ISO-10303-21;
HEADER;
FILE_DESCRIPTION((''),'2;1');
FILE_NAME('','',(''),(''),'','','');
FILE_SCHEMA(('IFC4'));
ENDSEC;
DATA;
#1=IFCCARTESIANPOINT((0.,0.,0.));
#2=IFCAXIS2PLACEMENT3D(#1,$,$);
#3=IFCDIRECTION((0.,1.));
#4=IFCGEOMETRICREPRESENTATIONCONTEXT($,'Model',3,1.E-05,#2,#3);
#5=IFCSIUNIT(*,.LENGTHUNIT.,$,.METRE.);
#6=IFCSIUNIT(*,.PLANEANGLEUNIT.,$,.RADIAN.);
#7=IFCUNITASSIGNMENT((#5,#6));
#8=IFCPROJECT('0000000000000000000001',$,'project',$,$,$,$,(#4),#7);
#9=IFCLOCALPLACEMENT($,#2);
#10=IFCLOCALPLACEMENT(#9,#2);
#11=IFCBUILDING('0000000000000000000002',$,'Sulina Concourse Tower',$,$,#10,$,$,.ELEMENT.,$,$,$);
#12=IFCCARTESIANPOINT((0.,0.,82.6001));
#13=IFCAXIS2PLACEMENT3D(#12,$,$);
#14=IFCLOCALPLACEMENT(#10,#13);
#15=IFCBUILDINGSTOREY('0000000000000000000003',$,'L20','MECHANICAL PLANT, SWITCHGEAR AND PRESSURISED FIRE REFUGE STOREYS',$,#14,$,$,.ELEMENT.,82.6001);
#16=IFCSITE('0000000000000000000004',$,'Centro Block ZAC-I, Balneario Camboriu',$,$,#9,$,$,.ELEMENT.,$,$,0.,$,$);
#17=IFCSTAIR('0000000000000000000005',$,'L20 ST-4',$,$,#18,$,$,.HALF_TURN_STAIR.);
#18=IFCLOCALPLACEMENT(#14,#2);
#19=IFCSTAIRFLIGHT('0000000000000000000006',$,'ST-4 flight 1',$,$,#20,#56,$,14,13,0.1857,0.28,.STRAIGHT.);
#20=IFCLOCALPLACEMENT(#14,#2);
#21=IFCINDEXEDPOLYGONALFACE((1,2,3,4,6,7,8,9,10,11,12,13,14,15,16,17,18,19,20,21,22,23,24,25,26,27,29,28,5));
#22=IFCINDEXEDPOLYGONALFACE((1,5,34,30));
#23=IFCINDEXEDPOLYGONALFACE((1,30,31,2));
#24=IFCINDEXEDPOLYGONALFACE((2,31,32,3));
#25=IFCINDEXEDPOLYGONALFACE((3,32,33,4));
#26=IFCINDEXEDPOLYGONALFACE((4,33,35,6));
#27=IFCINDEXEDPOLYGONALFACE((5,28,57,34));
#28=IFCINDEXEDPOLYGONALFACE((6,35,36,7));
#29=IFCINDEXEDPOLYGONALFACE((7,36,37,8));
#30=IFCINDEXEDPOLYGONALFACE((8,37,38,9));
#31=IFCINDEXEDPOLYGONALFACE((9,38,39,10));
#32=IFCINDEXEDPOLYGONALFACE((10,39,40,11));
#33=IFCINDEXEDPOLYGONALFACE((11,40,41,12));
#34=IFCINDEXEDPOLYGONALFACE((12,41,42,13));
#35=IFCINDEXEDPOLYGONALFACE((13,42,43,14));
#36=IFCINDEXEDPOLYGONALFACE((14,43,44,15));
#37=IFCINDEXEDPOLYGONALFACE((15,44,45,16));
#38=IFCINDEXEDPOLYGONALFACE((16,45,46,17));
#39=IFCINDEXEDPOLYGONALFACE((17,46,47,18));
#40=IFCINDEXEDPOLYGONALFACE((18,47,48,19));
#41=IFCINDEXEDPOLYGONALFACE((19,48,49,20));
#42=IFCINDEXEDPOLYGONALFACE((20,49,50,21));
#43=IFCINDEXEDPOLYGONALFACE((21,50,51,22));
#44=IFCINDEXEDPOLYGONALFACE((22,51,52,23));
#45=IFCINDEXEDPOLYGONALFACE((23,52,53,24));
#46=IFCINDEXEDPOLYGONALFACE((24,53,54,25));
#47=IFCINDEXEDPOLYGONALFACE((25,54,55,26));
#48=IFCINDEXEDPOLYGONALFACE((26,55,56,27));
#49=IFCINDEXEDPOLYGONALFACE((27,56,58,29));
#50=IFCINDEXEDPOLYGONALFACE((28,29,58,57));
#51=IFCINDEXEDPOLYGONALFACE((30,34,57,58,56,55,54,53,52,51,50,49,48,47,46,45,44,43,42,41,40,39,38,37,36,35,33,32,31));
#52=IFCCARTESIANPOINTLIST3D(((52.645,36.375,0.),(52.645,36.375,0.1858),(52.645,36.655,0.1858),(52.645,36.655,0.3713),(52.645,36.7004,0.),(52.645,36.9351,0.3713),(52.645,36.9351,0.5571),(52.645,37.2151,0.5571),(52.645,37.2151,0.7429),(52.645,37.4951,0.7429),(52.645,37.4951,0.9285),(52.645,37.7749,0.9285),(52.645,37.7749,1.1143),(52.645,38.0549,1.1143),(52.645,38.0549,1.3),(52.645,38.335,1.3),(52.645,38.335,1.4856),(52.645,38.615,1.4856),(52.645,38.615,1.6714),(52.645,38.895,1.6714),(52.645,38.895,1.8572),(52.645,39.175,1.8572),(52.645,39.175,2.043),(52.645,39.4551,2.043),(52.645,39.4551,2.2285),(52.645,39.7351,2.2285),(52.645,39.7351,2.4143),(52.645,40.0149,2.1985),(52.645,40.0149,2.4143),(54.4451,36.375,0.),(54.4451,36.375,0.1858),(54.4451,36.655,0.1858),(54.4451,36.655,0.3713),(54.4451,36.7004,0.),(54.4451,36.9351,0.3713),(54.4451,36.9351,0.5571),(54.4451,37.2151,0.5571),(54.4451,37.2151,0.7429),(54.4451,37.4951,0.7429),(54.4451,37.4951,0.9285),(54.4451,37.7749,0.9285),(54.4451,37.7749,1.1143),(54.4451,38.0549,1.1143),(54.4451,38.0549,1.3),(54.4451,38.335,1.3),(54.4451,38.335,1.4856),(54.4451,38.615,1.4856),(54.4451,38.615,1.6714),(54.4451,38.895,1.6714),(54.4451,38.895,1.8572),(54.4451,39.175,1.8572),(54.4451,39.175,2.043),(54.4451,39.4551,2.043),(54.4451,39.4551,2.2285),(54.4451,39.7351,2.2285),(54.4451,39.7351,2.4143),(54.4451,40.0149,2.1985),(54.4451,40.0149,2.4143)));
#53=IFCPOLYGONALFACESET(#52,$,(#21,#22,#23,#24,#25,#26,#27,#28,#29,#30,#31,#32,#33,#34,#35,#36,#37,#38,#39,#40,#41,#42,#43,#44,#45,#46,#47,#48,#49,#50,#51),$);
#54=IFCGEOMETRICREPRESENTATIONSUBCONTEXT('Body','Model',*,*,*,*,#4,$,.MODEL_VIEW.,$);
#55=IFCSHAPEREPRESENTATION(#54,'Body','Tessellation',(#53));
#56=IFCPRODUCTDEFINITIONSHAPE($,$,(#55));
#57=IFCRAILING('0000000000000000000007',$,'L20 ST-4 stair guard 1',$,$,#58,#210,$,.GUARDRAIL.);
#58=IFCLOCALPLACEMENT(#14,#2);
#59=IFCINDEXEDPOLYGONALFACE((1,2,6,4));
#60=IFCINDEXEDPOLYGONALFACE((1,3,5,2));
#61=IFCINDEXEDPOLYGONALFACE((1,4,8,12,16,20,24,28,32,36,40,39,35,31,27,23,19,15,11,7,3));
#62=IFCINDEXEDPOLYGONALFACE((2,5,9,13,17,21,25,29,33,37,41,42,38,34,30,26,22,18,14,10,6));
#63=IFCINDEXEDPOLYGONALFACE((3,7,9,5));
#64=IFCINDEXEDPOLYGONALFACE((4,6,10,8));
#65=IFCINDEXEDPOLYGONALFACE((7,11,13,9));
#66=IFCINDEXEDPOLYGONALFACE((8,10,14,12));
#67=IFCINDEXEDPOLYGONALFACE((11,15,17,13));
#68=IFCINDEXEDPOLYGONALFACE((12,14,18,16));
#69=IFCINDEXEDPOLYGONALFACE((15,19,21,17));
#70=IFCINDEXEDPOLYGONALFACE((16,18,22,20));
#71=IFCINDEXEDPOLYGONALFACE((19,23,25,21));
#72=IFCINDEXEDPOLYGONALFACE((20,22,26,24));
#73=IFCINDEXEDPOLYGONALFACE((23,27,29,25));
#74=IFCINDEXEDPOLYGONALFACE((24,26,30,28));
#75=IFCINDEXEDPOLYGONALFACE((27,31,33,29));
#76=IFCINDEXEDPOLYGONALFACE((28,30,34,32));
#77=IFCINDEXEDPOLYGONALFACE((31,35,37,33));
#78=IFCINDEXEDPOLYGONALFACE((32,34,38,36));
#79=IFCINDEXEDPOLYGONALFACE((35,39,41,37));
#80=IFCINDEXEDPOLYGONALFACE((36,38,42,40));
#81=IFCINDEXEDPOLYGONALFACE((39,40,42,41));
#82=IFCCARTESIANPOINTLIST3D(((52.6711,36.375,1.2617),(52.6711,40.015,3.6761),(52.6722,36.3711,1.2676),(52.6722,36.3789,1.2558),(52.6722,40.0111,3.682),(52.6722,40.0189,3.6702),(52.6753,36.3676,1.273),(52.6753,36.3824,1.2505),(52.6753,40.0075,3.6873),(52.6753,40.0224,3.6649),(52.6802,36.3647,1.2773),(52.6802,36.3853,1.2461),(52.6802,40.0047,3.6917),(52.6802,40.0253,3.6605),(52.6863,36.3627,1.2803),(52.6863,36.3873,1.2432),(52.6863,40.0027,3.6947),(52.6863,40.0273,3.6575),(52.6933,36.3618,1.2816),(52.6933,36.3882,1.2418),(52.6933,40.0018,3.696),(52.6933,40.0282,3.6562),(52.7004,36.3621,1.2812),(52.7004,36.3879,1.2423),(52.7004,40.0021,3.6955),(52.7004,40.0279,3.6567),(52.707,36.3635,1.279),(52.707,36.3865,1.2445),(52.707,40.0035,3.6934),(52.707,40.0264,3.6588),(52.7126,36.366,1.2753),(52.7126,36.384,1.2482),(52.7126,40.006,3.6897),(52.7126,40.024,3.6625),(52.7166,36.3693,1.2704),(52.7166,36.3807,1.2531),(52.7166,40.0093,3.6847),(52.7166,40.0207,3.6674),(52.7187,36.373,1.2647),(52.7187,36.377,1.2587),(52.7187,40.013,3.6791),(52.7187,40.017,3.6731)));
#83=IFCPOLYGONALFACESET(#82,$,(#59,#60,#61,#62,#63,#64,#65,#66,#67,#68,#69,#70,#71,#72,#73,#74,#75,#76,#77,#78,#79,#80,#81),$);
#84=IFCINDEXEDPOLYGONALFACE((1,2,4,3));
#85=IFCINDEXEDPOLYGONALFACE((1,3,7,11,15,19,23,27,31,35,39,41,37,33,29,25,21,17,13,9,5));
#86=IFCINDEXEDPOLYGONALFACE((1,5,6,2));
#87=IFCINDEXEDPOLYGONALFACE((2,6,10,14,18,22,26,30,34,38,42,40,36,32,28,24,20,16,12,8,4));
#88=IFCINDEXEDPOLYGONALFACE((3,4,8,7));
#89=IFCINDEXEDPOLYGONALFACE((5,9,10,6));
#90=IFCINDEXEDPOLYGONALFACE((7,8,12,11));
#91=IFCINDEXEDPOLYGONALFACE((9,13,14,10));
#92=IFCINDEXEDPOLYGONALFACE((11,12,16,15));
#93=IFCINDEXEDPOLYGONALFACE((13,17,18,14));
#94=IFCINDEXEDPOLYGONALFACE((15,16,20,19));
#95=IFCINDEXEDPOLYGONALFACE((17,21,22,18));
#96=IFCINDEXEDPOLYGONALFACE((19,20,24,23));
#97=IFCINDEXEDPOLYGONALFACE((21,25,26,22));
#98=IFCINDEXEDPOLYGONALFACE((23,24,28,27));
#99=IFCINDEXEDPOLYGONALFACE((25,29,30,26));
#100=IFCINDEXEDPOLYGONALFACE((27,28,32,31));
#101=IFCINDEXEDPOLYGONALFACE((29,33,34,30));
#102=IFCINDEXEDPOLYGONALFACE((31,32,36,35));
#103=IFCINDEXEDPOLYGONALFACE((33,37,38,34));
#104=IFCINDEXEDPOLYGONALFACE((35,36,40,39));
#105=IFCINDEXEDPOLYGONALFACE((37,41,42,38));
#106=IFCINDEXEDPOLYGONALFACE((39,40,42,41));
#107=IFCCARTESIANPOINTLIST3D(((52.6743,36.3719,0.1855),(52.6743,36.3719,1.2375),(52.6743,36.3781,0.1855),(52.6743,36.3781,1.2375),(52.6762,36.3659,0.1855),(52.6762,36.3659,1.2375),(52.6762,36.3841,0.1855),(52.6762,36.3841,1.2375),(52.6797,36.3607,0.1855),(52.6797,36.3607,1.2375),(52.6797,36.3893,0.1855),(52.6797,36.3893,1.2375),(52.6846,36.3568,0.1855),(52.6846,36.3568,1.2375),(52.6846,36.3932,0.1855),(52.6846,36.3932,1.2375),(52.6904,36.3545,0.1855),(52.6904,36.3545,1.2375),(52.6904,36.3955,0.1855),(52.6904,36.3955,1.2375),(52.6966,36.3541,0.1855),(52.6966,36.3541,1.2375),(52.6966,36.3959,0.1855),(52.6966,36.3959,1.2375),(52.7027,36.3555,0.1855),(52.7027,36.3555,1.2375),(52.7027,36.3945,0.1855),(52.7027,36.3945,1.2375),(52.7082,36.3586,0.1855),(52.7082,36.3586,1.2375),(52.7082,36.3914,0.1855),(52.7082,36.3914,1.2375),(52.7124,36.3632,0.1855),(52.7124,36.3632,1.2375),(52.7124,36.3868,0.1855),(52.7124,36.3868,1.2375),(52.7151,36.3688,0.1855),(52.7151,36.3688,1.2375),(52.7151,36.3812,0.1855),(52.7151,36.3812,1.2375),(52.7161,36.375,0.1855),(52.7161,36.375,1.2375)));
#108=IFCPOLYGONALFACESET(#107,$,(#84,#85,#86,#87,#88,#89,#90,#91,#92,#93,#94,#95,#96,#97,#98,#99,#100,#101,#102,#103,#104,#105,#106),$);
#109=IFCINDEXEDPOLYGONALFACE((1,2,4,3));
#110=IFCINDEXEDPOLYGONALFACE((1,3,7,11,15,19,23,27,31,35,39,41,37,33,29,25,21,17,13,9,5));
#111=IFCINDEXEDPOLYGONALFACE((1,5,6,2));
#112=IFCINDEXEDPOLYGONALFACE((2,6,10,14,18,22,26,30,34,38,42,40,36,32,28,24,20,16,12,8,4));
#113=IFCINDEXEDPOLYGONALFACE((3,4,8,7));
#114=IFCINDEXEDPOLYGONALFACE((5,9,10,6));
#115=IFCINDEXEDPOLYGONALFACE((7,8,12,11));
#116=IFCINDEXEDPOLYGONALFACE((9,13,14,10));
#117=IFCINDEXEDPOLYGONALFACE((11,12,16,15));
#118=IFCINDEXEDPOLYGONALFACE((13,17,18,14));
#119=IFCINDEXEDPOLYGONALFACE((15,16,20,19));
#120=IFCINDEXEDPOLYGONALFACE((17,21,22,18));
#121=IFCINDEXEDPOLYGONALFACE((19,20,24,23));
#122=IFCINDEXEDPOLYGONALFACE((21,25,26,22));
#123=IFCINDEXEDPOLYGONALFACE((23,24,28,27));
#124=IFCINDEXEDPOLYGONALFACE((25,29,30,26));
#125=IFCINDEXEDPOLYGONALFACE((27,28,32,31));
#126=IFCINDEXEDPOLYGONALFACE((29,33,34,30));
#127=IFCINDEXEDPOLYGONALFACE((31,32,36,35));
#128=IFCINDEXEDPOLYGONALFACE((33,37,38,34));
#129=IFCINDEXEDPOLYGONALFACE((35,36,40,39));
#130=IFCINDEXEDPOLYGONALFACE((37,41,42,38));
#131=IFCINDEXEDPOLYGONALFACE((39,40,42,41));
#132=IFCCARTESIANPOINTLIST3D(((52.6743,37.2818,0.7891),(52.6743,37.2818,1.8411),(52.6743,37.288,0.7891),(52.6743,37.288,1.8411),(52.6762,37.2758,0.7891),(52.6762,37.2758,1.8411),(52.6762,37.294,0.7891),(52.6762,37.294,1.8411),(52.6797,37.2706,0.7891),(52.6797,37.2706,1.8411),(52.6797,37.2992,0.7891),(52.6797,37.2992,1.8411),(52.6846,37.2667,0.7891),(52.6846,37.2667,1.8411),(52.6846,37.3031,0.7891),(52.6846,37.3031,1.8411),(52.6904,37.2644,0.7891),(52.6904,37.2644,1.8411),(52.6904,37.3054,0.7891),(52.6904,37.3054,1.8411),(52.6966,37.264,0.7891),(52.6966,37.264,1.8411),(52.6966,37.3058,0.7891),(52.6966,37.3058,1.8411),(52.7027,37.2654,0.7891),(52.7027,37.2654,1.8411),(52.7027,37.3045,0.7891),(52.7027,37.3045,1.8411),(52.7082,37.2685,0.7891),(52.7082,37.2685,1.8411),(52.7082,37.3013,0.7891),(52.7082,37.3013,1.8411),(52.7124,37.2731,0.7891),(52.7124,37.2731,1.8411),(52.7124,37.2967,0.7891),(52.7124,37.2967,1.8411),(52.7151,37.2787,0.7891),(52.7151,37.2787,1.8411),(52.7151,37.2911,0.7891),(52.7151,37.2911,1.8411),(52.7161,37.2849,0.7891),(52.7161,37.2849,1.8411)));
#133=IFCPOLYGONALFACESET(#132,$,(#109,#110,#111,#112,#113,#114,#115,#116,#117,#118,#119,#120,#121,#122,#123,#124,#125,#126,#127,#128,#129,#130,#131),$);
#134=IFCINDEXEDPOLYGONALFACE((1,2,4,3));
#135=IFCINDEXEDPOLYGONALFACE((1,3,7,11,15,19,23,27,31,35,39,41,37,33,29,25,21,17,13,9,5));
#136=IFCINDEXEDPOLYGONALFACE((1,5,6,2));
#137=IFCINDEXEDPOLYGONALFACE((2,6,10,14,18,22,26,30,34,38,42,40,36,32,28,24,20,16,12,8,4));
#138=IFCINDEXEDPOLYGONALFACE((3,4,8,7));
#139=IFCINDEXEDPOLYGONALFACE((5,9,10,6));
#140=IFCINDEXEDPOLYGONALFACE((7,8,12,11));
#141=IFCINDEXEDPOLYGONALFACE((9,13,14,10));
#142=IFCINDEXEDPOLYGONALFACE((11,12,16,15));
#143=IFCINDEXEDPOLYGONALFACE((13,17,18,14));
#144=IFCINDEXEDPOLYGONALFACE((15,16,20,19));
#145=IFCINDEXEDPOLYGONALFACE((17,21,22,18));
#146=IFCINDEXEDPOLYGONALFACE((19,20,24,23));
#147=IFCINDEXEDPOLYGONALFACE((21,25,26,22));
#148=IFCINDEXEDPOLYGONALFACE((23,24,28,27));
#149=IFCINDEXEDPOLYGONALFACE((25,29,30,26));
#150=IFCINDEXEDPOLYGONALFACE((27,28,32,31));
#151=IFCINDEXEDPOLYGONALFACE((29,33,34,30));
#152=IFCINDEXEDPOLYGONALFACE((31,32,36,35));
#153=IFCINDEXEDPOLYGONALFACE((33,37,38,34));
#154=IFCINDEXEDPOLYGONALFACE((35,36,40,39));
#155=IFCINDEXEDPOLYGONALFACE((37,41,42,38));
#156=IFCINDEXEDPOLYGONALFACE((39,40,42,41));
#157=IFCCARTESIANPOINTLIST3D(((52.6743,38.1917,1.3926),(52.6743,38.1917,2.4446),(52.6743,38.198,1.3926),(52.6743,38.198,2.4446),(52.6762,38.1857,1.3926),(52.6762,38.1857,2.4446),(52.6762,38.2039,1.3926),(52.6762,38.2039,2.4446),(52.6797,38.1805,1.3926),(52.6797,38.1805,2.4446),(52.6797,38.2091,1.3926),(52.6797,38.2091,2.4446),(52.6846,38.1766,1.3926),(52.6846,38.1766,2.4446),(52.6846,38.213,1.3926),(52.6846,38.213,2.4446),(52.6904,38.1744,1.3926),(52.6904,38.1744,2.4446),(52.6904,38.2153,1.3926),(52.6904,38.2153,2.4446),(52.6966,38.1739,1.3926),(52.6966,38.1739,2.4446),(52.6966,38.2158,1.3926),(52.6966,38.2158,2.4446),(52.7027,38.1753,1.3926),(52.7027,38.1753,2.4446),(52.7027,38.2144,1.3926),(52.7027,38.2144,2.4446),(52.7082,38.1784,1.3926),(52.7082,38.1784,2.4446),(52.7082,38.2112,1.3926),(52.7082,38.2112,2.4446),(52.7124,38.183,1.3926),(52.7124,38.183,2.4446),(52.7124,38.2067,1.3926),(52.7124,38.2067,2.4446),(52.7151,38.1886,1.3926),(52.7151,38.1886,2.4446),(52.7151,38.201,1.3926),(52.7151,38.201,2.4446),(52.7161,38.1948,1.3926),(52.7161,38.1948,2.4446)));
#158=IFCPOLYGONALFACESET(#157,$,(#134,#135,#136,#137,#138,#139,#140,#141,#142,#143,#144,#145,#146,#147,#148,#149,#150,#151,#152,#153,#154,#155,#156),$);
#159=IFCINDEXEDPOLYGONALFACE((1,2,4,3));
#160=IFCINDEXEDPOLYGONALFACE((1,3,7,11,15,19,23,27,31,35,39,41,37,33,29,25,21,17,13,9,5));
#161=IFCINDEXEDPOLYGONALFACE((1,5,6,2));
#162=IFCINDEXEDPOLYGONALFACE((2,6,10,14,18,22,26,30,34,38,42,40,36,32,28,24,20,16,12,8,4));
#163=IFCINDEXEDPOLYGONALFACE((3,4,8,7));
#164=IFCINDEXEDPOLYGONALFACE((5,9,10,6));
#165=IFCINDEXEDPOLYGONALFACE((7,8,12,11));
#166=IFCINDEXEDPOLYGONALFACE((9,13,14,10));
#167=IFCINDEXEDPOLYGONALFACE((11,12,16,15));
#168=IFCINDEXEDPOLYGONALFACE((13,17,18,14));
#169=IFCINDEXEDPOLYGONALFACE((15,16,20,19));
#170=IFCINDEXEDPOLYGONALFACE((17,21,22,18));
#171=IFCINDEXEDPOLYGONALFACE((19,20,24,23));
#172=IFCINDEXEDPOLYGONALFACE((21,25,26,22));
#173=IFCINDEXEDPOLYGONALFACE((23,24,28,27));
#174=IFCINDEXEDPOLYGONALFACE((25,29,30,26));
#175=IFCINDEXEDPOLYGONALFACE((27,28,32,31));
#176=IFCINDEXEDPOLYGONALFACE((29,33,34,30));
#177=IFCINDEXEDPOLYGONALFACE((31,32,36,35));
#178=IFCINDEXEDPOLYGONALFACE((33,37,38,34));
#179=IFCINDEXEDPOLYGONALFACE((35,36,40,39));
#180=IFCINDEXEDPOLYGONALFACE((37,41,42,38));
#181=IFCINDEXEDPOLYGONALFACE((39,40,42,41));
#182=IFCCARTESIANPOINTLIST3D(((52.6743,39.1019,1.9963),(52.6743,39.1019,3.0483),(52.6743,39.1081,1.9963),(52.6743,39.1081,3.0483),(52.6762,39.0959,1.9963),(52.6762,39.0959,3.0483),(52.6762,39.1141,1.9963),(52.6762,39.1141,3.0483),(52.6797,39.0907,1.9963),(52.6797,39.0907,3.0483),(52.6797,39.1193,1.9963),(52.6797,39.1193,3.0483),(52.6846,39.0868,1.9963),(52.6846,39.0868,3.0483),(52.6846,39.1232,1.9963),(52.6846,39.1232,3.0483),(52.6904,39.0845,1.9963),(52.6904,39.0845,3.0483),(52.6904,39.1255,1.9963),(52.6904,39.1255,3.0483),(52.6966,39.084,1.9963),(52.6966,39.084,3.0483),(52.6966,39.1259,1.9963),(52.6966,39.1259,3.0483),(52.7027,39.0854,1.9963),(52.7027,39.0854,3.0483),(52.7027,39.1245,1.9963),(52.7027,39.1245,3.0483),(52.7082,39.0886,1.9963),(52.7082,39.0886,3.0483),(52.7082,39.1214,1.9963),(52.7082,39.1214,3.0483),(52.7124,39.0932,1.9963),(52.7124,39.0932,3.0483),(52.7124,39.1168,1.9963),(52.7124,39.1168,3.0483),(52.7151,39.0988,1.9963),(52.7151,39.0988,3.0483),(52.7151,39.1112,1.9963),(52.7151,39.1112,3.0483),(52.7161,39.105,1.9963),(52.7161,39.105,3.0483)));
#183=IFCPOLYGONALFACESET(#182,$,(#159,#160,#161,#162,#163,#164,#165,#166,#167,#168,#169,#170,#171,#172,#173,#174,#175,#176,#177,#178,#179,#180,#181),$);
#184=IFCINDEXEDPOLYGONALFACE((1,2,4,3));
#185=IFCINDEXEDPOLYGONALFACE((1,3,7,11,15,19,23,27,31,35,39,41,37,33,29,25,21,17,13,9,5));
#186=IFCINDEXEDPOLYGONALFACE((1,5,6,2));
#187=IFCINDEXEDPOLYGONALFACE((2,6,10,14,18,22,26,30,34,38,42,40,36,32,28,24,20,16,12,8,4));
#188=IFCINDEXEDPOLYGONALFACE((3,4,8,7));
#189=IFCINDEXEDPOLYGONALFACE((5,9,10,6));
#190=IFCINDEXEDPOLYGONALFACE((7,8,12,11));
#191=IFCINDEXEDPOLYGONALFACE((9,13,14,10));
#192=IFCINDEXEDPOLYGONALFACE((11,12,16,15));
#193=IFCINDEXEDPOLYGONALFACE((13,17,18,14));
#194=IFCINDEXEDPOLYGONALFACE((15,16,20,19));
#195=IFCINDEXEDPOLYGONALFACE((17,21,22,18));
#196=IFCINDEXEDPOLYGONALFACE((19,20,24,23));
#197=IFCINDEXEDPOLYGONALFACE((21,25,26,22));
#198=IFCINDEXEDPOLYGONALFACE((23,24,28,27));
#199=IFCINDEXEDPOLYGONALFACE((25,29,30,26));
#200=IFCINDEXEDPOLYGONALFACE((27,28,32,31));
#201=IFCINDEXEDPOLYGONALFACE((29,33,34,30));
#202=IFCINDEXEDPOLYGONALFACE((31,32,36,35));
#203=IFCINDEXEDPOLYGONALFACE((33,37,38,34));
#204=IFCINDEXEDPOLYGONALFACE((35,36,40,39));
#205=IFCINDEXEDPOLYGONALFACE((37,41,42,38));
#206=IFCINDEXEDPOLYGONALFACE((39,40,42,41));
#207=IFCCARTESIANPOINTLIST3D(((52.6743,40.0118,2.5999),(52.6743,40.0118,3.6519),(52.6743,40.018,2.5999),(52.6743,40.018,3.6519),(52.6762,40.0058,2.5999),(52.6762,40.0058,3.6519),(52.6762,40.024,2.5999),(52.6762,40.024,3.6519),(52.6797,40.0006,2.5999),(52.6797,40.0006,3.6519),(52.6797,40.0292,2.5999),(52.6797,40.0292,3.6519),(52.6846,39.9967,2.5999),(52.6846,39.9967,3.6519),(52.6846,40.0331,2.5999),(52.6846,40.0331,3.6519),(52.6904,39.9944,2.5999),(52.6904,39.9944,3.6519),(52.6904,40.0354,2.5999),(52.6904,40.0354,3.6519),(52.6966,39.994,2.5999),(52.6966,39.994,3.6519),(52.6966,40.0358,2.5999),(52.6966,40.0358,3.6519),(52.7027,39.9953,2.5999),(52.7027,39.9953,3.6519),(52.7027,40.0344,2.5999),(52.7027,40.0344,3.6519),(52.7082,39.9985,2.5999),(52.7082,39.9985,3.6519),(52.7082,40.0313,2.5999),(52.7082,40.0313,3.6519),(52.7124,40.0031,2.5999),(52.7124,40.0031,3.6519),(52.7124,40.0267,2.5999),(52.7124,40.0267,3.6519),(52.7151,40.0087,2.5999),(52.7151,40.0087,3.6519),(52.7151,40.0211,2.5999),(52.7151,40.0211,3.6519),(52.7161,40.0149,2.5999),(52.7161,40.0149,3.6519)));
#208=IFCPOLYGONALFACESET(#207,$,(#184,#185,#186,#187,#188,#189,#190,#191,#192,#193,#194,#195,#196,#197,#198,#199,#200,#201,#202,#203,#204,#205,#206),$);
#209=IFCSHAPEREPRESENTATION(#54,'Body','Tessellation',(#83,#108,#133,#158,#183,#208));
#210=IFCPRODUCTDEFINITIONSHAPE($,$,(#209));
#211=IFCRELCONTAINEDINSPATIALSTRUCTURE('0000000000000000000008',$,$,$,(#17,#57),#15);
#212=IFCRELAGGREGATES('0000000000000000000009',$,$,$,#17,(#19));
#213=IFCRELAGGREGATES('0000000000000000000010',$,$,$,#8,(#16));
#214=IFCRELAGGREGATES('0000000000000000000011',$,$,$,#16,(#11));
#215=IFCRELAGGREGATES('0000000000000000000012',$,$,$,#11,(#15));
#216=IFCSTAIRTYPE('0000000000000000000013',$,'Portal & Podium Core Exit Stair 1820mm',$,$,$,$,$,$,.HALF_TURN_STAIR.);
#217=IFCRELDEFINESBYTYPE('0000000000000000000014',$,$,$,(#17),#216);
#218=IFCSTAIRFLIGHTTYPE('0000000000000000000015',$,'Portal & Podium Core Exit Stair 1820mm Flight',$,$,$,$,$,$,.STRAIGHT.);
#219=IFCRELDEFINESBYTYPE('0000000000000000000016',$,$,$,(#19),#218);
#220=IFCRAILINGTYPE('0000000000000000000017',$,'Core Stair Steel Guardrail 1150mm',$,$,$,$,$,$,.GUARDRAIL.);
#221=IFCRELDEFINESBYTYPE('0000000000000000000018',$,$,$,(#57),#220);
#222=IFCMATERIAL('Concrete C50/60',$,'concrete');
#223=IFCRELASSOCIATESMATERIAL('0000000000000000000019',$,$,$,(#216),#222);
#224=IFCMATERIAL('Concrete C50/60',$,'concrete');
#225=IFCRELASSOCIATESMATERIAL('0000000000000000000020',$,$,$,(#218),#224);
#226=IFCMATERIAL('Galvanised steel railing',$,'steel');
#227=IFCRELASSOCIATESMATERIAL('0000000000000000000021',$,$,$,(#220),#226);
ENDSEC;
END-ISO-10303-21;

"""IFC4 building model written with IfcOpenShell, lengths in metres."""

from ifc_helpers import new_model, si_unit, direction, frame, origin, origin_2d, place, context, subcontext, project, spatial, polyline, circle, outline, extrude, material, type_object, element, aggregate, save


model = new_model("IFC4")

# Units and contexts
model_context = context("Model", 3, precision=1e-05, world=origin(), true_north=direction((0.0, 1.0)))
body_context = subcontext(model_context, "Body", "Model", "MODEL_VIEW")
ifc_project = project(units=[si_unit("LENGTHUNIT", "METRE"), si_unit("PLANEANGLEUNIT", "RADIAN")], contexts=[model_context])

# Site, building, storey
site_placement = place(None, origin())
site = spatial("IfcSite", under=ifc_project, at=site_placement, Name="Centro Block ZAC-I, Balneario Camboriu", CompositionType="ELEMENT", RefElevation=0.0)
building_placement = place(site_placement, origin())
building = spatial("IfcBuilding", under=site, at=building_placement, Name="Sulina Concourse Tower", CompositionType="ELEMENT")
storey_placement = place(building_placement, frame((0.0, 0.0, 82.6001)))
storey = spatial("IfcBuildingStorey", under=building, at=storey_placement, Name="L20", Description="MECHANICAL PLANT, SWITCHGEAR AND PRESSURISED FIRE REFUGE STOREYS", CompositionType="ELEMENT", Elevation=82.6001)

# Stair, stair flight
ifc_material_1 = material(Name="Concrete C50/60", Category="concrete")
stair_type = type_object("IfcStairType", Name="Portal & Podium Core Exit Stair 1820mm", PredefinedType="HALF_TURN_STAIR", material=ifc_material_1)
stair_placement = place(storey_placement, origin())
stair = element("IfcStair", 1, at=stair_placement, inside=storey, type_object=stair_type, Name="L20 ST-4", PredefinedType="HALF_TURN_STAIR")
ifc_material_2 = material(Name="Concrete C50/60", Category="concrete")
stair_flight_type = type_object("IfcStairFlightType", Name="Portal & Podium Core Exit Stair 1820mm Flight", PredefinedType="STRAIGHT", material=ifc_material_2)
stair_flight_placement = place(storey_placement, frame((53.5449, 36.375, 0.0), z_axis=(0.0, 0.0, 1.0), x_axis=(0.0, 1.0, 0.0)))
stair_flight = element("IfcStairFlight", 2, at=stair_flight_placement, type_object=stair_flight_type, Name="ST-4 flight 1", NumberOfRisers=14, NumberOfTreads=13, PredefinedType="STRAIGHT", RiserHeight=0.1857, TreadLength=0.28, context=body_context, shape_type="SweptSolid", body=[
    extrude(outline(polyline([(0.0, 0.0), (0.0, 0.1858), (0.28, 0.1858), (0.28, 0.3713), (0.5601, 0.3713), (0.5601, 0.5571), (0.8401, 0.5571), (0.8401, 0.7429), (1.1201, 0.7429), (1.1201, 0.9285), (1.3999, 0.9285), (1.3999, 1.1143), (1.6799, 1.1143), (1.6799, 1.3), (1.96, 1.3), (1.96, 1.4856), (2.24, 1.4856), (2.24, 1.6714), (2.52, 1.6714), (2.52, 1.8572), (2.8, 1.8572), (2.8, 2.043), (3.0801, 2.043), (3.0801, 2.2285), (3.3601, 2.2285), (3.3601, 2.4143), (3.6399, 2.4143), (3.6399, 2.6001), (3.6399, 2.1985), (0.3254, 0.0), (0.0, 0.0)])), frame((0.0, 0.8999, 0.0), z_axis=(0.0, -1.0, 0.0), x_axis=(1.0, 0.0, 0.0)), (0.0, 0.0, 1.0), 1.8),
])
aggregate(stair, [stair_flight])

# Railing
ifc_material_3 = material(Name="Galvanised steel railing", Category="steel")
railing_type_1 = type_object("IfcRailingType", Name="Core Stair Steel Guardrail 1150mm", PredefinedType="GUARDRAIL", material=ifc_material_3)
railing_1_placement = place(storey_placement, frame((52.6951, 36.375, 0.1855)))
element("IfcRailing", 3, at=railing_1_placement, inside=storey, type_object=railing_type_1, Name="L20 ST-4 stair guard 1", PredefinedType="GUARDRAIL", context=body_context, shape_type="SweptSolid", body=[
    extrude(circle(Radius=0.0239, at=origin_2d()), frame((0.0, 0.0, 1.0762), z_axis=(0.0, 0.833347, 0.552751), x_axis=(-1.0, 0.0, 0.0)), (0.0, 0.0, 1.0), 4.3679),
    extrude(circle(Radius=0.021, at=origin_2d()), origin(), (0.0, 0.0, 1.0), 1.052),
    extrude(circle(Radius=0.021, at=origin_2d()), frame((0.0, 0.9099, 0.6035)), (0.0, 0.0, 1.0), 1.052),
    extrude(circle(Radius=0.021, at=origin_2d()), frame((0.0, 1.8198, 1.207)), (0.0, 0.0, 1.0), 1.052),
    extrude(circle(Radius=0.021, at=origin_2d()), frame((0.0, 2.73, 1.8108)), (0.0, 0.0, 1.0), 1.052),
    extrude(circle(Radius=0.021, at=origin_2d()), frame((0.0, 3.6399, 2.4143)), (0.0, 0.0, 1.0), 1.052),
])

save(model, "model.ifc")
